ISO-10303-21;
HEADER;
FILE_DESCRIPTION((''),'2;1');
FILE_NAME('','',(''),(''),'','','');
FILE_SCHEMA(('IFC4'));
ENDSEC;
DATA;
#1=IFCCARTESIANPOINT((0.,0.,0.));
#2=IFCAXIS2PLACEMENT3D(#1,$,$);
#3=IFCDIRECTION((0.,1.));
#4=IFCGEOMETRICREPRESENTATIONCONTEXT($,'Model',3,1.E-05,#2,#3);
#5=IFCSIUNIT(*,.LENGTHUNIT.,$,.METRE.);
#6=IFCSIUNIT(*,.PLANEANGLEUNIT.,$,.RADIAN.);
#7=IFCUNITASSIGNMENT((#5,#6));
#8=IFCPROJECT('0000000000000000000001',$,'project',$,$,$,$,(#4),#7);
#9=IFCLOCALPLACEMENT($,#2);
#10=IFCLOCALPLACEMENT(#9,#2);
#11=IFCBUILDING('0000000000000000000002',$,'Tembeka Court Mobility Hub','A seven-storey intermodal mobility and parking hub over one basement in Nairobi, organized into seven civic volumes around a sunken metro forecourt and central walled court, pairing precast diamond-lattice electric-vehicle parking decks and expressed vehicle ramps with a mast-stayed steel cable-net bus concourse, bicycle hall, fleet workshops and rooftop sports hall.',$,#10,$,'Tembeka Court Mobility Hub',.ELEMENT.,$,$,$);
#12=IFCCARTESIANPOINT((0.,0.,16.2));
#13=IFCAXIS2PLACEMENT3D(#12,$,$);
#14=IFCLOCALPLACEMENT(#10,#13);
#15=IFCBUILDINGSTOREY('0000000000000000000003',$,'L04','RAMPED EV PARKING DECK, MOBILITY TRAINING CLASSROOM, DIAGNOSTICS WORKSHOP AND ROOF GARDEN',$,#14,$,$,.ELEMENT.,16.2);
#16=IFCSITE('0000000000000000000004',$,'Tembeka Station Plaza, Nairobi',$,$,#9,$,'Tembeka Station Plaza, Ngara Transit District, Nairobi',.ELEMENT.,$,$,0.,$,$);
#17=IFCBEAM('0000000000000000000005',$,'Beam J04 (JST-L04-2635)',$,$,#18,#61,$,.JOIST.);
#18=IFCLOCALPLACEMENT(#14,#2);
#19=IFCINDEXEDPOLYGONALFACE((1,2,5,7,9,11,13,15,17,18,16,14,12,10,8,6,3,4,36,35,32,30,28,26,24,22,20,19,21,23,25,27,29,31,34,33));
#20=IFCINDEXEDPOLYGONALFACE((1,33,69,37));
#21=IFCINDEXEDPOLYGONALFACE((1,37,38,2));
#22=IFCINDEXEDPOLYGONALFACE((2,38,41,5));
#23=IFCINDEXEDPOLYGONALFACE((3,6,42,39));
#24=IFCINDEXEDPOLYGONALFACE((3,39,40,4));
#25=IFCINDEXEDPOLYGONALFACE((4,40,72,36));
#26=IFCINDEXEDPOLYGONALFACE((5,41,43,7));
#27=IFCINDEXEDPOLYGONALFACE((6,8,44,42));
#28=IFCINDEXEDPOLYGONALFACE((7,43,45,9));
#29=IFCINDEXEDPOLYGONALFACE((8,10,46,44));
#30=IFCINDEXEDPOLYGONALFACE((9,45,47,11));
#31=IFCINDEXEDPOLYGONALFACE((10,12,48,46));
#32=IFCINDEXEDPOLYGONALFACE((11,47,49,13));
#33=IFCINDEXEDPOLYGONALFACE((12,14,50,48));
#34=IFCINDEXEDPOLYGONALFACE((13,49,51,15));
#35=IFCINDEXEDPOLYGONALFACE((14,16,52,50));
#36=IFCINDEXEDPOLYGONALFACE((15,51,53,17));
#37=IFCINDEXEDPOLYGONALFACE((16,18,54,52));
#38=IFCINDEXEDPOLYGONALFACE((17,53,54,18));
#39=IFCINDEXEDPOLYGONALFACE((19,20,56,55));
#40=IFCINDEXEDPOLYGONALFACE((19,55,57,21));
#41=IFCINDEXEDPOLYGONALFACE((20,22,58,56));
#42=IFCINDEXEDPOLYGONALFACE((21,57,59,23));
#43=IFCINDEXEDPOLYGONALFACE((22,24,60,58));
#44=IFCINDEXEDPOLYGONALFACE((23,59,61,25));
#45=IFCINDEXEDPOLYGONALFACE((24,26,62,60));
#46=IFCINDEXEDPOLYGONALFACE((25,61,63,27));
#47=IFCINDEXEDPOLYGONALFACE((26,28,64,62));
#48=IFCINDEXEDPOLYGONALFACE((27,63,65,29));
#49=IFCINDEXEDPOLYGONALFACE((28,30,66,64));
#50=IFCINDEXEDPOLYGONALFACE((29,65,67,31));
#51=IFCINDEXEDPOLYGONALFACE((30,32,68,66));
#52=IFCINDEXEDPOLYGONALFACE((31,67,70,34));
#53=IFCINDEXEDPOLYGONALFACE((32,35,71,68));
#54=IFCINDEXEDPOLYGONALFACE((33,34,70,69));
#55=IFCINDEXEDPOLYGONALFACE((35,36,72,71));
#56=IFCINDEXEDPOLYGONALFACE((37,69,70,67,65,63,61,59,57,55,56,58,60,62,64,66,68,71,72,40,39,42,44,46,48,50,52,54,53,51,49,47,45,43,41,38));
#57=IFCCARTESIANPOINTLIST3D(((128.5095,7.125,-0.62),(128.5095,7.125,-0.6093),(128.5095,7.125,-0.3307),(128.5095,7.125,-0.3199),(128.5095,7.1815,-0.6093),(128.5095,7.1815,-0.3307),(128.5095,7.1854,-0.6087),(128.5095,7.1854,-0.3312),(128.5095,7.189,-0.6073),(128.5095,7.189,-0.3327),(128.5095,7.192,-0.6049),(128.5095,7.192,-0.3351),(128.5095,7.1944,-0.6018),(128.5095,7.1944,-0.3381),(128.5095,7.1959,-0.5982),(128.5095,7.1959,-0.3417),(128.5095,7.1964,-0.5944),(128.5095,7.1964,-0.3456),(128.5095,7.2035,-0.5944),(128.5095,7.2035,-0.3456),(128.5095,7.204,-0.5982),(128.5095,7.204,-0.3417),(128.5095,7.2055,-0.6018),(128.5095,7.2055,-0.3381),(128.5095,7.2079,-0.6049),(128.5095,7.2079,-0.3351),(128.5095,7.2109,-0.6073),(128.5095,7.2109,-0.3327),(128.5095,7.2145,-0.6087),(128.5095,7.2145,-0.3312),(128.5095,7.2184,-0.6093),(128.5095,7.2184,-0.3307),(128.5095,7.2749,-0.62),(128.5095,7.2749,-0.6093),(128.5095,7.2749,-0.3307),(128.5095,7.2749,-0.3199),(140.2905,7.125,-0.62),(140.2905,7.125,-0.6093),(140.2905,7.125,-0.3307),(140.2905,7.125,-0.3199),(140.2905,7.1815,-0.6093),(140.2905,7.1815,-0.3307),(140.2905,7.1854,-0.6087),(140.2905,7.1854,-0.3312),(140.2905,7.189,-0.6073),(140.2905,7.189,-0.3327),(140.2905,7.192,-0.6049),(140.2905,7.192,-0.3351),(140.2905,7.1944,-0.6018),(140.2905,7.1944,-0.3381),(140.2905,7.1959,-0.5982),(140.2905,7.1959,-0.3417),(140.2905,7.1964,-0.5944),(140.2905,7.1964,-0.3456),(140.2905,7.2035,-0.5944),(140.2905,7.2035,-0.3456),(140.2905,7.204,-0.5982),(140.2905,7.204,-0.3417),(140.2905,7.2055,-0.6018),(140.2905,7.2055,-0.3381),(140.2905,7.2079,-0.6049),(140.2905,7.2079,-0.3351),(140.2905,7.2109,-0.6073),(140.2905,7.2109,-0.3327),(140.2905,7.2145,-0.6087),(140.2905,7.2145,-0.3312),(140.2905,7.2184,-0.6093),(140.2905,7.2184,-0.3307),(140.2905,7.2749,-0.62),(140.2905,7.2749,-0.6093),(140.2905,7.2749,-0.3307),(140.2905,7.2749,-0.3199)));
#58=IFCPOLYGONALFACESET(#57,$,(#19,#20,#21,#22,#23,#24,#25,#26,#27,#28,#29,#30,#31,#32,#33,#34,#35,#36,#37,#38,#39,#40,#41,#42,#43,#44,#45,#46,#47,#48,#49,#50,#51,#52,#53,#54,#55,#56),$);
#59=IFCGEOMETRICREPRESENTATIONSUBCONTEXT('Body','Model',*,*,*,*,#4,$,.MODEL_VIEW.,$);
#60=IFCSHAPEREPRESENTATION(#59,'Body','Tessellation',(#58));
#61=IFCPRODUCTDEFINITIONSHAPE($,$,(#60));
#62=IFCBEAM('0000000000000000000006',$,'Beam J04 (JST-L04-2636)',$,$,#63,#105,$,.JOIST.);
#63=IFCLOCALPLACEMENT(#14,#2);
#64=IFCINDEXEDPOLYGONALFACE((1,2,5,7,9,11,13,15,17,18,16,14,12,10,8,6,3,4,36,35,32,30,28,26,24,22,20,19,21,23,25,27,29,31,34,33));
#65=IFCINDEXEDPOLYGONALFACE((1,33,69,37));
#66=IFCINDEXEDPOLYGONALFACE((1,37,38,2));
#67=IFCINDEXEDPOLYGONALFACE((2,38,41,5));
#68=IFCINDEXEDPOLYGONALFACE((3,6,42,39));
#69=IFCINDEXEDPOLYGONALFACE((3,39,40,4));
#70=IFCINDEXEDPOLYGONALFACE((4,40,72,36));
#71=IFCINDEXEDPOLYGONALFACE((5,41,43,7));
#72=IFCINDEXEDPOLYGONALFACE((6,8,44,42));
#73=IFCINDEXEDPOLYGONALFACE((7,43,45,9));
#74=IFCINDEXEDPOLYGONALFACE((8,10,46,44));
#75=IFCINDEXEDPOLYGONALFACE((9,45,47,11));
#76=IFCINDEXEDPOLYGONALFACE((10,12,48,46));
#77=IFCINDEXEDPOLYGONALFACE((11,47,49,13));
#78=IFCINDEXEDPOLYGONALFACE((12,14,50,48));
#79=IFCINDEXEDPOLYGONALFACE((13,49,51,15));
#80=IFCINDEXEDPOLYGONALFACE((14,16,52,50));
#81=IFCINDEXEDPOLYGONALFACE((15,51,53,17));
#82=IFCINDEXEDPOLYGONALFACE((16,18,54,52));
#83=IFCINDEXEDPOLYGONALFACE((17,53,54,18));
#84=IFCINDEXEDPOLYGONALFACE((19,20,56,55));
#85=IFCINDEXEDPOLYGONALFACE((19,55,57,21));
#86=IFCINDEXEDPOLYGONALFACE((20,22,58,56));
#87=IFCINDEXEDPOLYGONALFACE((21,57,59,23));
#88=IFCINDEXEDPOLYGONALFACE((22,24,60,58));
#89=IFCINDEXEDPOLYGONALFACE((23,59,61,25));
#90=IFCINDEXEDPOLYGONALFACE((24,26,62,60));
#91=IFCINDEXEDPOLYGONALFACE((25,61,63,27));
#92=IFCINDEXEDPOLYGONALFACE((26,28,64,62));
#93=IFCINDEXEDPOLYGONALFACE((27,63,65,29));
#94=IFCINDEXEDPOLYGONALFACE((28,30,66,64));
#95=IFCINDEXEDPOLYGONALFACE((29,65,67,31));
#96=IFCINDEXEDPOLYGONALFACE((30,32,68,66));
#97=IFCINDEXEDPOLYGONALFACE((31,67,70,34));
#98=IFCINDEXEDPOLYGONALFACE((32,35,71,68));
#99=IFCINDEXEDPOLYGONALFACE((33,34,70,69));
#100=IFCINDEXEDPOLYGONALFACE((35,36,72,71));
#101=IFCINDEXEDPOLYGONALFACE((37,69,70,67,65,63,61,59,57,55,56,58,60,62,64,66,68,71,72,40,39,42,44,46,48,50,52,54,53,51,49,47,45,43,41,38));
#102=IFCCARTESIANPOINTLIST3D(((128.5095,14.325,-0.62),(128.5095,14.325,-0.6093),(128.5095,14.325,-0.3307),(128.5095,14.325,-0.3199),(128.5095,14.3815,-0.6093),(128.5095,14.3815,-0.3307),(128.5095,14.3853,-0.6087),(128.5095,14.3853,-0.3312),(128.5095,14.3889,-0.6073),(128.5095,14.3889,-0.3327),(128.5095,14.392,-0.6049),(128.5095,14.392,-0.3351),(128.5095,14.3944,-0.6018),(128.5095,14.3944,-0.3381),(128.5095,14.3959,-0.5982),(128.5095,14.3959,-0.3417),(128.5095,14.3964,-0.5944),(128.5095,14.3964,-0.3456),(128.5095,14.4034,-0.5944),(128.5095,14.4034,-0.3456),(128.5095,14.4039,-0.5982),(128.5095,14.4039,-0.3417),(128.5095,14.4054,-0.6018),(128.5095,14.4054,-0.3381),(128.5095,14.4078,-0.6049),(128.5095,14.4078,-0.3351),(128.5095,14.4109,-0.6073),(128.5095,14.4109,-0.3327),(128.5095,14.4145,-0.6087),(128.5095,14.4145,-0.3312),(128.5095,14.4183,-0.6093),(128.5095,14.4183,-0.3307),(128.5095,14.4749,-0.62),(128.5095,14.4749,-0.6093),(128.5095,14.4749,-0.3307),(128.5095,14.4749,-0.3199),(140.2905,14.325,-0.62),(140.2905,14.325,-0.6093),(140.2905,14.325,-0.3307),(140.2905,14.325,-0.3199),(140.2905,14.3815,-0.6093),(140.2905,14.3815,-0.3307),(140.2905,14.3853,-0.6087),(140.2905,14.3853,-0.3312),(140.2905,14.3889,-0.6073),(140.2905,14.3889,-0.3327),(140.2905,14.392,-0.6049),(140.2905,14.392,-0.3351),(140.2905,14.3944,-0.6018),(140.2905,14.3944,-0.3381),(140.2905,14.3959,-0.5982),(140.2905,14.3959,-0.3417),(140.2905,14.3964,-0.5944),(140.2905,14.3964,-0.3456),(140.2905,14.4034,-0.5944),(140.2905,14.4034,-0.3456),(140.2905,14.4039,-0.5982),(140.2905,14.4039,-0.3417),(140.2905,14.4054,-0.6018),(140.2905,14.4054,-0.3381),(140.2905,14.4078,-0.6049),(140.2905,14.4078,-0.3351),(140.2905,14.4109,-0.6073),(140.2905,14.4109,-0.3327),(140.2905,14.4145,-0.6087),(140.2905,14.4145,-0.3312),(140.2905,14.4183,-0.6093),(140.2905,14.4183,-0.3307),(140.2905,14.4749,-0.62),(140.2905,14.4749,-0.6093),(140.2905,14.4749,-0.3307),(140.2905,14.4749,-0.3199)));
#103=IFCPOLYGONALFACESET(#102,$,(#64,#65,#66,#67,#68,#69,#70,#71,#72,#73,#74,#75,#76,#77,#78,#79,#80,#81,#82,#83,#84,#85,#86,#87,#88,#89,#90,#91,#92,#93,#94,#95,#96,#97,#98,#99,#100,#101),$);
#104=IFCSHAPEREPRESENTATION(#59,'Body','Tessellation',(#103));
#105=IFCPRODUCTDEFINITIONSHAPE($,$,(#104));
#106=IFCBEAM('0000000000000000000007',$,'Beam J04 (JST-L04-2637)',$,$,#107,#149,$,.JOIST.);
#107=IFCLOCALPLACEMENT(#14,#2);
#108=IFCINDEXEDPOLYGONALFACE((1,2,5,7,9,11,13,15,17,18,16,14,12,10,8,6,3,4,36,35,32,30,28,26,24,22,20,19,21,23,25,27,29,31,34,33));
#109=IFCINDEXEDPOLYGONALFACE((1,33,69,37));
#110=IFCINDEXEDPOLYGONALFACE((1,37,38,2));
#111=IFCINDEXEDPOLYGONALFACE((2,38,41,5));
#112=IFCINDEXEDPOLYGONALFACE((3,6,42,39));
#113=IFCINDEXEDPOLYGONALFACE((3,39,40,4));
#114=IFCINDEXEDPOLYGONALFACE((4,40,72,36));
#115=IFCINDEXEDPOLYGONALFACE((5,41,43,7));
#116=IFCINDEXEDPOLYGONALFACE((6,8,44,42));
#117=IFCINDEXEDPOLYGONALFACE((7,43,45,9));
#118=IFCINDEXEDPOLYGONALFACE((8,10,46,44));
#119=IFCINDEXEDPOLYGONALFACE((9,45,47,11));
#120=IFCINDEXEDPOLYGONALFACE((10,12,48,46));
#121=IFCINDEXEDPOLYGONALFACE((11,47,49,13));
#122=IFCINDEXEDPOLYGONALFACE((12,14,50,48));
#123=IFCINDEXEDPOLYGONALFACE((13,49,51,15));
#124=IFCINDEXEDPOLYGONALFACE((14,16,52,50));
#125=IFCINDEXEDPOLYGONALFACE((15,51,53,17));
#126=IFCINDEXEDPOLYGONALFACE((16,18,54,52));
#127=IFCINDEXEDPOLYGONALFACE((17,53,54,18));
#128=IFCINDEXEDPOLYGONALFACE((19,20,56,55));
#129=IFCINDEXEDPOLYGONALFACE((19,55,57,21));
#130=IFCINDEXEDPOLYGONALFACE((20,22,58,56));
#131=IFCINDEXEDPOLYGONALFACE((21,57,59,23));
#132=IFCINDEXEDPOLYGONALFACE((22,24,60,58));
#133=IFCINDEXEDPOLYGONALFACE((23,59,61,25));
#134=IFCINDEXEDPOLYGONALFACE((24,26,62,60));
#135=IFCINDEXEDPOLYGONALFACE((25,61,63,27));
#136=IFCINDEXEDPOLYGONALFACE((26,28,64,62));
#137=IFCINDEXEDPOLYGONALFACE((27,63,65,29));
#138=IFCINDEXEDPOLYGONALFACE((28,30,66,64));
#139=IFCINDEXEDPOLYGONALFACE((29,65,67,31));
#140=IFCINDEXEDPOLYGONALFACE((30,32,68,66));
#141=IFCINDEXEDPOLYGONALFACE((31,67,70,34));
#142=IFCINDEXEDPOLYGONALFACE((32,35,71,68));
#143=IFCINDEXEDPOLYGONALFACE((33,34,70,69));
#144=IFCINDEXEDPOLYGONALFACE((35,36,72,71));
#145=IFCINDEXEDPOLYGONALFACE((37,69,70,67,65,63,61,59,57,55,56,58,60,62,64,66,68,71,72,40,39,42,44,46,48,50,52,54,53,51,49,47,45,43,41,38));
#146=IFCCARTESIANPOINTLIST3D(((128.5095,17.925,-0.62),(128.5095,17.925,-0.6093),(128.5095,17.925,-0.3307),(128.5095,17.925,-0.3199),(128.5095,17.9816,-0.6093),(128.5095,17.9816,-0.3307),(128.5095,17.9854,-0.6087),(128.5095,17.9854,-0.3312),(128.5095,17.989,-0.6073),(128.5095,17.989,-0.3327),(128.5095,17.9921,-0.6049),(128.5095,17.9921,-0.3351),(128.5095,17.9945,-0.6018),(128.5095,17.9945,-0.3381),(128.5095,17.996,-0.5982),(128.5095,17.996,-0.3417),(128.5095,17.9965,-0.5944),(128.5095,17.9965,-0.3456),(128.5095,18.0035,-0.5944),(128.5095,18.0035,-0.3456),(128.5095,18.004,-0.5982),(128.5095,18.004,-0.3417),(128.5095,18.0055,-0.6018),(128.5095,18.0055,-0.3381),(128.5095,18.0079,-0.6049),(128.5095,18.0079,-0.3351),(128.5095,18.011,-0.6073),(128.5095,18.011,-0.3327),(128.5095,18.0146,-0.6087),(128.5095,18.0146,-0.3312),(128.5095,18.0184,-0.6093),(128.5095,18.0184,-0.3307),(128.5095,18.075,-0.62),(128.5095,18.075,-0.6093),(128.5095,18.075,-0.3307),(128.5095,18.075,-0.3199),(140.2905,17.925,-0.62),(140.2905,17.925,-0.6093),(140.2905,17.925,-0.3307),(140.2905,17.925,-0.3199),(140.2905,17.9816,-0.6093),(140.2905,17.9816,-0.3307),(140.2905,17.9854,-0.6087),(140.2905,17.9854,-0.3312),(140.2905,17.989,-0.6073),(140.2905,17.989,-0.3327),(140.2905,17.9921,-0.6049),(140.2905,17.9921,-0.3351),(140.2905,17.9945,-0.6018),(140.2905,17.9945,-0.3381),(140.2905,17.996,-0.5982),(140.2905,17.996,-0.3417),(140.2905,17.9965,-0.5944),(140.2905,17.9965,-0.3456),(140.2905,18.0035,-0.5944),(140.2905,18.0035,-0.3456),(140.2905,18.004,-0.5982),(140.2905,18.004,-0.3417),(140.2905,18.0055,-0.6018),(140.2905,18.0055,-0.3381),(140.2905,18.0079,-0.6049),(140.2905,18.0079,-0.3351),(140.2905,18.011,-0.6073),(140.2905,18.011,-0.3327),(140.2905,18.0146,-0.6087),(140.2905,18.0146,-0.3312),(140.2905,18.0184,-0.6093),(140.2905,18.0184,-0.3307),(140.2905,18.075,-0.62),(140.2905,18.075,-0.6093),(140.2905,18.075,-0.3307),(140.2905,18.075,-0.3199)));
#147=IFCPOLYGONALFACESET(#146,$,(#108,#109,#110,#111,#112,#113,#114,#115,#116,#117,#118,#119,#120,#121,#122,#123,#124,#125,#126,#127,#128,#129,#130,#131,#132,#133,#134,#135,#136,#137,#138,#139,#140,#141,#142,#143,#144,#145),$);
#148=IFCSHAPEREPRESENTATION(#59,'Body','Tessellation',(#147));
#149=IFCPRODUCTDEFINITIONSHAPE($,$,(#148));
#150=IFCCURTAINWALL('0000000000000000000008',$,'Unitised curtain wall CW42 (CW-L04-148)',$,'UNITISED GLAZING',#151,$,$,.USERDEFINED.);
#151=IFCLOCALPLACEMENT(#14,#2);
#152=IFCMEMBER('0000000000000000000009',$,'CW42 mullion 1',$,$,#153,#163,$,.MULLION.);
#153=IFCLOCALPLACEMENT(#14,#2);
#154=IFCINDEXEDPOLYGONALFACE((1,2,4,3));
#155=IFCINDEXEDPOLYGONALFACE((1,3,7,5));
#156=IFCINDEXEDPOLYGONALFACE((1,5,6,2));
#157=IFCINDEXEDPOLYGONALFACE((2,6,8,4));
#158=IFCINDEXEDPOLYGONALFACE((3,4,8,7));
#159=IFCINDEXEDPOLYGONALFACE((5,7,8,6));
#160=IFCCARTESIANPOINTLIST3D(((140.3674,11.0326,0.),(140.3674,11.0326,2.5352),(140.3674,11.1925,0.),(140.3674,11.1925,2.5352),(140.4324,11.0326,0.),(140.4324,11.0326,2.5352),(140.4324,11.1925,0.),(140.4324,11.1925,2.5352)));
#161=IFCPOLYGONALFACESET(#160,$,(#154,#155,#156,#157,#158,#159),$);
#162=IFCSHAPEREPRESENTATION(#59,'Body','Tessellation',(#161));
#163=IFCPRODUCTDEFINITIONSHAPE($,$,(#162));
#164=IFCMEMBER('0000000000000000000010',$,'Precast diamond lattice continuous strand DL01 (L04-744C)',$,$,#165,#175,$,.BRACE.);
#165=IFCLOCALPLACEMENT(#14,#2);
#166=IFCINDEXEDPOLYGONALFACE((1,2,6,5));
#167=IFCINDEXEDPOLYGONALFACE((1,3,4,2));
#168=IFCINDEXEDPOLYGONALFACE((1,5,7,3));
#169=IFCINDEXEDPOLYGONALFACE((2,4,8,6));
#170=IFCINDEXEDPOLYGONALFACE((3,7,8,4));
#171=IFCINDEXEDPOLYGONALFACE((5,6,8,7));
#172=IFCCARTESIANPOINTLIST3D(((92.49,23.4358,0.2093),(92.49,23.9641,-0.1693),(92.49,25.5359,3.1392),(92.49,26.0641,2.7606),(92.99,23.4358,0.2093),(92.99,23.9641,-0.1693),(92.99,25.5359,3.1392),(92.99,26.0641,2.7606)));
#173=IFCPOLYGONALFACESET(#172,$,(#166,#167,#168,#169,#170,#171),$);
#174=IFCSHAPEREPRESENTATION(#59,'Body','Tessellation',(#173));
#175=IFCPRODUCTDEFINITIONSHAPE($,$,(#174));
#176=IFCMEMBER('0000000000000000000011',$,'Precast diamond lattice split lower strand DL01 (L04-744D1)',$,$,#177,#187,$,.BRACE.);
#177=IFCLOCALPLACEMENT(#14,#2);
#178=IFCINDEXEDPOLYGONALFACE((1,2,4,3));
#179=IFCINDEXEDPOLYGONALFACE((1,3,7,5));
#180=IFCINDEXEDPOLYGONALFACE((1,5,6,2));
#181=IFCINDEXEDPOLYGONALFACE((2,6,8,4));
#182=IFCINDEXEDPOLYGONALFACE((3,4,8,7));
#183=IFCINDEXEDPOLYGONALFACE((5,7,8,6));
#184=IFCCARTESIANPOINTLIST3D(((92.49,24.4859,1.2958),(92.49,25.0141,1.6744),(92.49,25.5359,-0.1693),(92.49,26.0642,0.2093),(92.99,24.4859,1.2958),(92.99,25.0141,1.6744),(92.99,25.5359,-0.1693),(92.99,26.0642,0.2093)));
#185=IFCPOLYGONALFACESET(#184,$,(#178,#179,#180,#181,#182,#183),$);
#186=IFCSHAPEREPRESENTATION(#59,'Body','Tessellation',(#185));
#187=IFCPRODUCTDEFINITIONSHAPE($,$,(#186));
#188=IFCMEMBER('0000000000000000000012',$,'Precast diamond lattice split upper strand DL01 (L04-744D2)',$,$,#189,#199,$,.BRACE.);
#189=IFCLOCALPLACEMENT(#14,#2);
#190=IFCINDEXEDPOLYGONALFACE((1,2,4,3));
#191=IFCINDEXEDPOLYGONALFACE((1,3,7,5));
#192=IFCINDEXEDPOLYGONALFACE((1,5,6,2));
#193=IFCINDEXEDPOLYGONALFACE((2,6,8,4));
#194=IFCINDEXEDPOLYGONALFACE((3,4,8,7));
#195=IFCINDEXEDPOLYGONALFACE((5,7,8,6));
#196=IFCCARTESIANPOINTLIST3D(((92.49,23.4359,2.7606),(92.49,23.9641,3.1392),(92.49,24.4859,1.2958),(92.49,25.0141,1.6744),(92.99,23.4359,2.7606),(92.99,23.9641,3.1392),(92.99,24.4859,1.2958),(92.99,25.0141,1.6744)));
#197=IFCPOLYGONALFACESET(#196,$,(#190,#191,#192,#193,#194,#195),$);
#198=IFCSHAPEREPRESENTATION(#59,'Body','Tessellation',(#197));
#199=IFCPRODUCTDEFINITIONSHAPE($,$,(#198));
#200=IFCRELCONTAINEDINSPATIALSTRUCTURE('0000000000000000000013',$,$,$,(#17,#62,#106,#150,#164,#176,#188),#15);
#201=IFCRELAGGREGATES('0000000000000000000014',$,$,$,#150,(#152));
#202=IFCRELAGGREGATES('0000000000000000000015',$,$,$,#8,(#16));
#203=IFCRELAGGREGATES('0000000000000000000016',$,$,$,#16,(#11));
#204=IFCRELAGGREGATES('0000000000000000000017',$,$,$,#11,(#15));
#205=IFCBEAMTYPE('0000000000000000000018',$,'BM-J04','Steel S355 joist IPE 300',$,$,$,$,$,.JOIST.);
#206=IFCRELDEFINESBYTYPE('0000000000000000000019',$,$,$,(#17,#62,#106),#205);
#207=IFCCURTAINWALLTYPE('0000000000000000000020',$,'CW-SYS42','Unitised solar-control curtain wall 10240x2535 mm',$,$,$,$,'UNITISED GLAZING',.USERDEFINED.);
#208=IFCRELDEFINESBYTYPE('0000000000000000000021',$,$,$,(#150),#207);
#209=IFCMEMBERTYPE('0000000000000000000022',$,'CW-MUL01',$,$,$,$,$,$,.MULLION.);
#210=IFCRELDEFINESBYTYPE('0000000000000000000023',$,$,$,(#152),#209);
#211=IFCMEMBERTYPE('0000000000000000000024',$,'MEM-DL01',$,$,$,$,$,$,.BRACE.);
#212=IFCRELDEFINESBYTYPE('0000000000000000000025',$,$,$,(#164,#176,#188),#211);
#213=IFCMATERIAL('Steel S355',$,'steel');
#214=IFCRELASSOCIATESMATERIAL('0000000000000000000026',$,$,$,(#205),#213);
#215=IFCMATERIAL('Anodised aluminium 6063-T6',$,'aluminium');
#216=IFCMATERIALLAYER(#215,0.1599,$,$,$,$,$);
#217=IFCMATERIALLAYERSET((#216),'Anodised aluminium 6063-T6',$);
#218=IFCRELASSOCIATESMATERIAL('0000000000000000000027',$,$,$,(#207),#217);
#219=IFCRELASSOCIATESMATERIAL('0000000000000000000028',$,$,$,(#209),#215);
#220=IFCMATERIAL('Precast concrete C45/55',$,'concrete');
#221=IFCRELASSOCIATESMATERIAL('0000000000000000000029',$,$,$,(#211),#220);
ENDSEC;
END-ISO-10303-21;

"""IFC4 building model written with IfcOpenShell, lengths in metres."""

from ifc_helpers import new_model, si_unit, direction, frame, origin, origin_2d, place, context, subcontext, project, spatial, rectangle, i_section, extrude, material, layer, layer_set, material_profile, profile_set, type_object, element, aggregate, save


model = new_model("IFC4")

# Units and contexts
model_context = context("Model", 3, precision=1e-05, world=origin(), true_north=direction((0.0, 1.0)))
body_context = subcontext(model_context, "Body", "Model", "MODEL_VIEW")
ifc_project = project(units=[si_unit("LENGTHUNIT", "METRE"), si_unit("PLANEANGLEUNIT", "RADIAN")], contexts=[model_context])

# Site, building, storey
site_placement = place(None, origin())
site = spatial("IfcSite", under=ifc_project, at=site_placement, Name="Tembeka Station Plaza, Nairobi", LongName="Tembeka Station Plaza, Ngara Transit District, Nairobi", CompositionType="ELEMENT", RefElevation=0.0)
building_placement = place(site_placement, origin())
building = spatial("IfcBuilding", under=site, at=building_placement, Name="Tembeka Court Mobility Hub", Description="A seven-storey intermodal mobility and parking hub over one basement in Nairobi, organized into seven civic volumes around a sunken metro forecourt and central walled court, pairing precast diamond-lattice electric-vehicle parking decks and expressed vehicle ramps with a mast-stayed steel cable-net bus concourse, bicycle hall, fleet workshops and rooftop sports hall.", LongName="Tembeka Court Mobility Hub", CompositionType="ELEMENT")
storey_placement = place(building_placement, frame((0.0, 0.0, 16.2)))
storey = spatial("IfcBuildingStorey", under=building, at=storey_placement, Name="L04", Description="RAMPED EV PARKING DECK, MOBILITY TRAINING CLASSROOM, DIAGNOSTICS WORKSHOP AND ROOF GARDEN", CompositionType="ELEMENT", Elevation=16.2)

# Shared definitions
ifc_material_1 = material(Name="Steel S355", Category="steel")

# Beams
ifc_material_profile_1 = material_profile(ifc_material_1, i_section(OverallWidth=0.1499, OverallDepth=0.3, WebThickness=0.0071, FlangeThickness=0.0107, FilletRadius=0.0149, at=origin_2d()), Name="IPE 300")
ifc_profile_set_1 = profile_set([ifc_material_profile_1], Name="Steel S355")
beam_type_1 = type_object("IfcBeamType", Name="BM-J04", Description="Steel S355 joist IPE 300", PredefinedType="JOIST", material=ifc_profile_set_1)
for number, where, z_axis, x_axis, name in (
    (1, (128.5095, 7.2, -0.47), (1.0, 0.0, 0.0), (0.0, 1.0, 0.0), "Beam J04 (JST-L04-2635)"),
    (2, (128.5095, 14.3999, -0.47), (1.0, 0.0, 0.0), (0.0, 1.0, 0.0), "Beam J04 (JST-L04-2636)"),
    (3, (128.5095, 18.0, -0.47), (1.0, 0.0, 0.0), (0.0, 1.0, 0.0), "Beam J04 (JST-L04-2637)"),
):
    element("IfcBeam", number, at=place(storey_placement, frame(where, z_axis=z_axis, x_axis=x_axis)), inside=storey, type_object=beam_type_1, Name=name, PredefinedType="JOIST", context=body_context, shape_type="SweptSolid", body=[
        extrude(i_section(OverallWidth=0.1499, OverallDepth=0.3, WebThickness=0.0071, FlangeThickness=0.0107, FilletRadius=0.0149, at=origin_2d()), origin(), (0.0, 0.0, 1.0), 11.781),
    ])

# Curtain wall, member
ifc_material_2 = material(Name="Anodised aluminium 6063-T6", Category="aluminium")
ifc_layer_1 = layer(ifc_material_2, 0.1599)
ifc_layer_set_1 = layer_set([ifc_layer_1], Name="Anodised aluminium 6063-T6")
curtain_wall_type = type_object("IfcCurtainWallType", Name="CW-SYS42", Description="Unitised solar-control curtain wall 10240x2535 mm", ElementType="UNITISED GLAZING", PredefinedType="USERDEFINED", material=ifc_layer_set_1)
curtain_wall_placement = place(storey_placement, origin())
curtain_wall = element("IfcCurtainWall", 4, at=curtain_wall_placement, inside=storey, type_object=curtain_wall_type, Name="Unitised curtain wall CW42 (CW-L04-148)", ObjectType="UNITISED GLAZING", PredefinedType="USERDEFINED")
ifc_material_profile_2 = material_profile(ifc_material_2, rectangle(XDim=0.0649, YDim=0.1599, at=origin_2d()), Name="ALU-MUL 65x160")
ifc_profile_set_2 = profile_set([ifc_material_profile_2], Name="Anodised aluminium 6063-T6")
member_type_1 = type_object("IfcMemberType", Name="CW-MUL01", PredefinedType="MULLION", material=ifc_profile_set_2)
member_1_placement = place(storey_placement, frame((140.3999, 11.1125, 0.0), z_axis=(0.0, 0.0, 1.0), x_axis=(-1.0, 0.0, 0.0)))
member_1 = element("IfcMember", 5, at=member_1_placement, type_object=member_type_1, Name="CW42 mullion 1", PredefinedType="MULLION", context=body_context, shape_type="SweptSolid", body=[
    extrude(rectangle(XDim=0.0649, YDim=0.1599, at=origin_2d()), origin(), (0.0, 0.0, 1.0), 2.5352),
])
aggregate(curtain_wall, [member_1])

# Members
ifc_material_3 = material(Name="Precast concrete C45/55", Category="concrete")
ifc_material_profile_3 = material_profile(ifc_material_3, rectangle(XDim=0.5, YDim=0.6499, at=origin_2d()), Name="PC-DIAG 500x650")
ifc_profile_set_3 = profile_set([ifc_material_profile_3], Name="Precast concrete C45/55")
member_type_2 = type_object("IfcMemberType", Name="MEM-DL01", PredefinedType="BRACE", material=ifc_profile_set_3)
member_2_placement = place(storey_placement, frame((92.74, 23.7, 0.02), z_axis=(0.0, 0.582576, 0.812776), x_axis=(-1.0, 0.0, 0.0)))
element("IfcMember", 6, at=member_2_placement, inside=storey, type_object=member_type_2, Name="Precast diamond lattice continuous strand DL01 (L04-744C)", PredefinedType="BRACE", context=body_context, shape_type="SweptSolid", body=[
    extrude(rectangle(XDim=0.5, YDim=0.6499, at=origin_2d()), origin(), (0.0, 0.0, 1.0), 3.6047),
])
member_3_placement = place(storey_placement, frame((92.74, 25.8, 0.02), z_axis=(0.0, -0.582544, 0.812799), x_axis=(1.0, 0.0, 0.0)))
element("IfcMember", 7, at=member_3_placement, inside=storey, type_object=member_type_2, Name="Precast diamond lattice split lower strand DL01 (L04-744D1)", PredefinedType="BRACE", context=body_context, shape_type="SweptSolid", body=[
    extrude(rectangle(XDim=0.5, YDim=0.6499, at=origin_2d()), origin(), (0.0, 0.0, 1.0), 1.8025),
])
member_4_placement = place(storey_placement, frame((92.74, 24.75, 1.4851), z_axis=(0.0, -0.582608, 0.812753), x_axis=(1.0, 0.0, 0.0)))
element("IfcMember", 8, at=member_4_placement, inside=storey, type_object=member_type_2, Name="Precast diamond lattice split upper strand DL01 (L04-744D2)", PredefinedType="BRACE", context=body_context, shape_type="SweptSolid", body=[
    extrude(rectangle(XDim=0.5, YDim=0.6499, at=origin_2d()), origin(), (0.0, 0.0, 1.0), 1.8022),
])

save(model, "model.ifc")
